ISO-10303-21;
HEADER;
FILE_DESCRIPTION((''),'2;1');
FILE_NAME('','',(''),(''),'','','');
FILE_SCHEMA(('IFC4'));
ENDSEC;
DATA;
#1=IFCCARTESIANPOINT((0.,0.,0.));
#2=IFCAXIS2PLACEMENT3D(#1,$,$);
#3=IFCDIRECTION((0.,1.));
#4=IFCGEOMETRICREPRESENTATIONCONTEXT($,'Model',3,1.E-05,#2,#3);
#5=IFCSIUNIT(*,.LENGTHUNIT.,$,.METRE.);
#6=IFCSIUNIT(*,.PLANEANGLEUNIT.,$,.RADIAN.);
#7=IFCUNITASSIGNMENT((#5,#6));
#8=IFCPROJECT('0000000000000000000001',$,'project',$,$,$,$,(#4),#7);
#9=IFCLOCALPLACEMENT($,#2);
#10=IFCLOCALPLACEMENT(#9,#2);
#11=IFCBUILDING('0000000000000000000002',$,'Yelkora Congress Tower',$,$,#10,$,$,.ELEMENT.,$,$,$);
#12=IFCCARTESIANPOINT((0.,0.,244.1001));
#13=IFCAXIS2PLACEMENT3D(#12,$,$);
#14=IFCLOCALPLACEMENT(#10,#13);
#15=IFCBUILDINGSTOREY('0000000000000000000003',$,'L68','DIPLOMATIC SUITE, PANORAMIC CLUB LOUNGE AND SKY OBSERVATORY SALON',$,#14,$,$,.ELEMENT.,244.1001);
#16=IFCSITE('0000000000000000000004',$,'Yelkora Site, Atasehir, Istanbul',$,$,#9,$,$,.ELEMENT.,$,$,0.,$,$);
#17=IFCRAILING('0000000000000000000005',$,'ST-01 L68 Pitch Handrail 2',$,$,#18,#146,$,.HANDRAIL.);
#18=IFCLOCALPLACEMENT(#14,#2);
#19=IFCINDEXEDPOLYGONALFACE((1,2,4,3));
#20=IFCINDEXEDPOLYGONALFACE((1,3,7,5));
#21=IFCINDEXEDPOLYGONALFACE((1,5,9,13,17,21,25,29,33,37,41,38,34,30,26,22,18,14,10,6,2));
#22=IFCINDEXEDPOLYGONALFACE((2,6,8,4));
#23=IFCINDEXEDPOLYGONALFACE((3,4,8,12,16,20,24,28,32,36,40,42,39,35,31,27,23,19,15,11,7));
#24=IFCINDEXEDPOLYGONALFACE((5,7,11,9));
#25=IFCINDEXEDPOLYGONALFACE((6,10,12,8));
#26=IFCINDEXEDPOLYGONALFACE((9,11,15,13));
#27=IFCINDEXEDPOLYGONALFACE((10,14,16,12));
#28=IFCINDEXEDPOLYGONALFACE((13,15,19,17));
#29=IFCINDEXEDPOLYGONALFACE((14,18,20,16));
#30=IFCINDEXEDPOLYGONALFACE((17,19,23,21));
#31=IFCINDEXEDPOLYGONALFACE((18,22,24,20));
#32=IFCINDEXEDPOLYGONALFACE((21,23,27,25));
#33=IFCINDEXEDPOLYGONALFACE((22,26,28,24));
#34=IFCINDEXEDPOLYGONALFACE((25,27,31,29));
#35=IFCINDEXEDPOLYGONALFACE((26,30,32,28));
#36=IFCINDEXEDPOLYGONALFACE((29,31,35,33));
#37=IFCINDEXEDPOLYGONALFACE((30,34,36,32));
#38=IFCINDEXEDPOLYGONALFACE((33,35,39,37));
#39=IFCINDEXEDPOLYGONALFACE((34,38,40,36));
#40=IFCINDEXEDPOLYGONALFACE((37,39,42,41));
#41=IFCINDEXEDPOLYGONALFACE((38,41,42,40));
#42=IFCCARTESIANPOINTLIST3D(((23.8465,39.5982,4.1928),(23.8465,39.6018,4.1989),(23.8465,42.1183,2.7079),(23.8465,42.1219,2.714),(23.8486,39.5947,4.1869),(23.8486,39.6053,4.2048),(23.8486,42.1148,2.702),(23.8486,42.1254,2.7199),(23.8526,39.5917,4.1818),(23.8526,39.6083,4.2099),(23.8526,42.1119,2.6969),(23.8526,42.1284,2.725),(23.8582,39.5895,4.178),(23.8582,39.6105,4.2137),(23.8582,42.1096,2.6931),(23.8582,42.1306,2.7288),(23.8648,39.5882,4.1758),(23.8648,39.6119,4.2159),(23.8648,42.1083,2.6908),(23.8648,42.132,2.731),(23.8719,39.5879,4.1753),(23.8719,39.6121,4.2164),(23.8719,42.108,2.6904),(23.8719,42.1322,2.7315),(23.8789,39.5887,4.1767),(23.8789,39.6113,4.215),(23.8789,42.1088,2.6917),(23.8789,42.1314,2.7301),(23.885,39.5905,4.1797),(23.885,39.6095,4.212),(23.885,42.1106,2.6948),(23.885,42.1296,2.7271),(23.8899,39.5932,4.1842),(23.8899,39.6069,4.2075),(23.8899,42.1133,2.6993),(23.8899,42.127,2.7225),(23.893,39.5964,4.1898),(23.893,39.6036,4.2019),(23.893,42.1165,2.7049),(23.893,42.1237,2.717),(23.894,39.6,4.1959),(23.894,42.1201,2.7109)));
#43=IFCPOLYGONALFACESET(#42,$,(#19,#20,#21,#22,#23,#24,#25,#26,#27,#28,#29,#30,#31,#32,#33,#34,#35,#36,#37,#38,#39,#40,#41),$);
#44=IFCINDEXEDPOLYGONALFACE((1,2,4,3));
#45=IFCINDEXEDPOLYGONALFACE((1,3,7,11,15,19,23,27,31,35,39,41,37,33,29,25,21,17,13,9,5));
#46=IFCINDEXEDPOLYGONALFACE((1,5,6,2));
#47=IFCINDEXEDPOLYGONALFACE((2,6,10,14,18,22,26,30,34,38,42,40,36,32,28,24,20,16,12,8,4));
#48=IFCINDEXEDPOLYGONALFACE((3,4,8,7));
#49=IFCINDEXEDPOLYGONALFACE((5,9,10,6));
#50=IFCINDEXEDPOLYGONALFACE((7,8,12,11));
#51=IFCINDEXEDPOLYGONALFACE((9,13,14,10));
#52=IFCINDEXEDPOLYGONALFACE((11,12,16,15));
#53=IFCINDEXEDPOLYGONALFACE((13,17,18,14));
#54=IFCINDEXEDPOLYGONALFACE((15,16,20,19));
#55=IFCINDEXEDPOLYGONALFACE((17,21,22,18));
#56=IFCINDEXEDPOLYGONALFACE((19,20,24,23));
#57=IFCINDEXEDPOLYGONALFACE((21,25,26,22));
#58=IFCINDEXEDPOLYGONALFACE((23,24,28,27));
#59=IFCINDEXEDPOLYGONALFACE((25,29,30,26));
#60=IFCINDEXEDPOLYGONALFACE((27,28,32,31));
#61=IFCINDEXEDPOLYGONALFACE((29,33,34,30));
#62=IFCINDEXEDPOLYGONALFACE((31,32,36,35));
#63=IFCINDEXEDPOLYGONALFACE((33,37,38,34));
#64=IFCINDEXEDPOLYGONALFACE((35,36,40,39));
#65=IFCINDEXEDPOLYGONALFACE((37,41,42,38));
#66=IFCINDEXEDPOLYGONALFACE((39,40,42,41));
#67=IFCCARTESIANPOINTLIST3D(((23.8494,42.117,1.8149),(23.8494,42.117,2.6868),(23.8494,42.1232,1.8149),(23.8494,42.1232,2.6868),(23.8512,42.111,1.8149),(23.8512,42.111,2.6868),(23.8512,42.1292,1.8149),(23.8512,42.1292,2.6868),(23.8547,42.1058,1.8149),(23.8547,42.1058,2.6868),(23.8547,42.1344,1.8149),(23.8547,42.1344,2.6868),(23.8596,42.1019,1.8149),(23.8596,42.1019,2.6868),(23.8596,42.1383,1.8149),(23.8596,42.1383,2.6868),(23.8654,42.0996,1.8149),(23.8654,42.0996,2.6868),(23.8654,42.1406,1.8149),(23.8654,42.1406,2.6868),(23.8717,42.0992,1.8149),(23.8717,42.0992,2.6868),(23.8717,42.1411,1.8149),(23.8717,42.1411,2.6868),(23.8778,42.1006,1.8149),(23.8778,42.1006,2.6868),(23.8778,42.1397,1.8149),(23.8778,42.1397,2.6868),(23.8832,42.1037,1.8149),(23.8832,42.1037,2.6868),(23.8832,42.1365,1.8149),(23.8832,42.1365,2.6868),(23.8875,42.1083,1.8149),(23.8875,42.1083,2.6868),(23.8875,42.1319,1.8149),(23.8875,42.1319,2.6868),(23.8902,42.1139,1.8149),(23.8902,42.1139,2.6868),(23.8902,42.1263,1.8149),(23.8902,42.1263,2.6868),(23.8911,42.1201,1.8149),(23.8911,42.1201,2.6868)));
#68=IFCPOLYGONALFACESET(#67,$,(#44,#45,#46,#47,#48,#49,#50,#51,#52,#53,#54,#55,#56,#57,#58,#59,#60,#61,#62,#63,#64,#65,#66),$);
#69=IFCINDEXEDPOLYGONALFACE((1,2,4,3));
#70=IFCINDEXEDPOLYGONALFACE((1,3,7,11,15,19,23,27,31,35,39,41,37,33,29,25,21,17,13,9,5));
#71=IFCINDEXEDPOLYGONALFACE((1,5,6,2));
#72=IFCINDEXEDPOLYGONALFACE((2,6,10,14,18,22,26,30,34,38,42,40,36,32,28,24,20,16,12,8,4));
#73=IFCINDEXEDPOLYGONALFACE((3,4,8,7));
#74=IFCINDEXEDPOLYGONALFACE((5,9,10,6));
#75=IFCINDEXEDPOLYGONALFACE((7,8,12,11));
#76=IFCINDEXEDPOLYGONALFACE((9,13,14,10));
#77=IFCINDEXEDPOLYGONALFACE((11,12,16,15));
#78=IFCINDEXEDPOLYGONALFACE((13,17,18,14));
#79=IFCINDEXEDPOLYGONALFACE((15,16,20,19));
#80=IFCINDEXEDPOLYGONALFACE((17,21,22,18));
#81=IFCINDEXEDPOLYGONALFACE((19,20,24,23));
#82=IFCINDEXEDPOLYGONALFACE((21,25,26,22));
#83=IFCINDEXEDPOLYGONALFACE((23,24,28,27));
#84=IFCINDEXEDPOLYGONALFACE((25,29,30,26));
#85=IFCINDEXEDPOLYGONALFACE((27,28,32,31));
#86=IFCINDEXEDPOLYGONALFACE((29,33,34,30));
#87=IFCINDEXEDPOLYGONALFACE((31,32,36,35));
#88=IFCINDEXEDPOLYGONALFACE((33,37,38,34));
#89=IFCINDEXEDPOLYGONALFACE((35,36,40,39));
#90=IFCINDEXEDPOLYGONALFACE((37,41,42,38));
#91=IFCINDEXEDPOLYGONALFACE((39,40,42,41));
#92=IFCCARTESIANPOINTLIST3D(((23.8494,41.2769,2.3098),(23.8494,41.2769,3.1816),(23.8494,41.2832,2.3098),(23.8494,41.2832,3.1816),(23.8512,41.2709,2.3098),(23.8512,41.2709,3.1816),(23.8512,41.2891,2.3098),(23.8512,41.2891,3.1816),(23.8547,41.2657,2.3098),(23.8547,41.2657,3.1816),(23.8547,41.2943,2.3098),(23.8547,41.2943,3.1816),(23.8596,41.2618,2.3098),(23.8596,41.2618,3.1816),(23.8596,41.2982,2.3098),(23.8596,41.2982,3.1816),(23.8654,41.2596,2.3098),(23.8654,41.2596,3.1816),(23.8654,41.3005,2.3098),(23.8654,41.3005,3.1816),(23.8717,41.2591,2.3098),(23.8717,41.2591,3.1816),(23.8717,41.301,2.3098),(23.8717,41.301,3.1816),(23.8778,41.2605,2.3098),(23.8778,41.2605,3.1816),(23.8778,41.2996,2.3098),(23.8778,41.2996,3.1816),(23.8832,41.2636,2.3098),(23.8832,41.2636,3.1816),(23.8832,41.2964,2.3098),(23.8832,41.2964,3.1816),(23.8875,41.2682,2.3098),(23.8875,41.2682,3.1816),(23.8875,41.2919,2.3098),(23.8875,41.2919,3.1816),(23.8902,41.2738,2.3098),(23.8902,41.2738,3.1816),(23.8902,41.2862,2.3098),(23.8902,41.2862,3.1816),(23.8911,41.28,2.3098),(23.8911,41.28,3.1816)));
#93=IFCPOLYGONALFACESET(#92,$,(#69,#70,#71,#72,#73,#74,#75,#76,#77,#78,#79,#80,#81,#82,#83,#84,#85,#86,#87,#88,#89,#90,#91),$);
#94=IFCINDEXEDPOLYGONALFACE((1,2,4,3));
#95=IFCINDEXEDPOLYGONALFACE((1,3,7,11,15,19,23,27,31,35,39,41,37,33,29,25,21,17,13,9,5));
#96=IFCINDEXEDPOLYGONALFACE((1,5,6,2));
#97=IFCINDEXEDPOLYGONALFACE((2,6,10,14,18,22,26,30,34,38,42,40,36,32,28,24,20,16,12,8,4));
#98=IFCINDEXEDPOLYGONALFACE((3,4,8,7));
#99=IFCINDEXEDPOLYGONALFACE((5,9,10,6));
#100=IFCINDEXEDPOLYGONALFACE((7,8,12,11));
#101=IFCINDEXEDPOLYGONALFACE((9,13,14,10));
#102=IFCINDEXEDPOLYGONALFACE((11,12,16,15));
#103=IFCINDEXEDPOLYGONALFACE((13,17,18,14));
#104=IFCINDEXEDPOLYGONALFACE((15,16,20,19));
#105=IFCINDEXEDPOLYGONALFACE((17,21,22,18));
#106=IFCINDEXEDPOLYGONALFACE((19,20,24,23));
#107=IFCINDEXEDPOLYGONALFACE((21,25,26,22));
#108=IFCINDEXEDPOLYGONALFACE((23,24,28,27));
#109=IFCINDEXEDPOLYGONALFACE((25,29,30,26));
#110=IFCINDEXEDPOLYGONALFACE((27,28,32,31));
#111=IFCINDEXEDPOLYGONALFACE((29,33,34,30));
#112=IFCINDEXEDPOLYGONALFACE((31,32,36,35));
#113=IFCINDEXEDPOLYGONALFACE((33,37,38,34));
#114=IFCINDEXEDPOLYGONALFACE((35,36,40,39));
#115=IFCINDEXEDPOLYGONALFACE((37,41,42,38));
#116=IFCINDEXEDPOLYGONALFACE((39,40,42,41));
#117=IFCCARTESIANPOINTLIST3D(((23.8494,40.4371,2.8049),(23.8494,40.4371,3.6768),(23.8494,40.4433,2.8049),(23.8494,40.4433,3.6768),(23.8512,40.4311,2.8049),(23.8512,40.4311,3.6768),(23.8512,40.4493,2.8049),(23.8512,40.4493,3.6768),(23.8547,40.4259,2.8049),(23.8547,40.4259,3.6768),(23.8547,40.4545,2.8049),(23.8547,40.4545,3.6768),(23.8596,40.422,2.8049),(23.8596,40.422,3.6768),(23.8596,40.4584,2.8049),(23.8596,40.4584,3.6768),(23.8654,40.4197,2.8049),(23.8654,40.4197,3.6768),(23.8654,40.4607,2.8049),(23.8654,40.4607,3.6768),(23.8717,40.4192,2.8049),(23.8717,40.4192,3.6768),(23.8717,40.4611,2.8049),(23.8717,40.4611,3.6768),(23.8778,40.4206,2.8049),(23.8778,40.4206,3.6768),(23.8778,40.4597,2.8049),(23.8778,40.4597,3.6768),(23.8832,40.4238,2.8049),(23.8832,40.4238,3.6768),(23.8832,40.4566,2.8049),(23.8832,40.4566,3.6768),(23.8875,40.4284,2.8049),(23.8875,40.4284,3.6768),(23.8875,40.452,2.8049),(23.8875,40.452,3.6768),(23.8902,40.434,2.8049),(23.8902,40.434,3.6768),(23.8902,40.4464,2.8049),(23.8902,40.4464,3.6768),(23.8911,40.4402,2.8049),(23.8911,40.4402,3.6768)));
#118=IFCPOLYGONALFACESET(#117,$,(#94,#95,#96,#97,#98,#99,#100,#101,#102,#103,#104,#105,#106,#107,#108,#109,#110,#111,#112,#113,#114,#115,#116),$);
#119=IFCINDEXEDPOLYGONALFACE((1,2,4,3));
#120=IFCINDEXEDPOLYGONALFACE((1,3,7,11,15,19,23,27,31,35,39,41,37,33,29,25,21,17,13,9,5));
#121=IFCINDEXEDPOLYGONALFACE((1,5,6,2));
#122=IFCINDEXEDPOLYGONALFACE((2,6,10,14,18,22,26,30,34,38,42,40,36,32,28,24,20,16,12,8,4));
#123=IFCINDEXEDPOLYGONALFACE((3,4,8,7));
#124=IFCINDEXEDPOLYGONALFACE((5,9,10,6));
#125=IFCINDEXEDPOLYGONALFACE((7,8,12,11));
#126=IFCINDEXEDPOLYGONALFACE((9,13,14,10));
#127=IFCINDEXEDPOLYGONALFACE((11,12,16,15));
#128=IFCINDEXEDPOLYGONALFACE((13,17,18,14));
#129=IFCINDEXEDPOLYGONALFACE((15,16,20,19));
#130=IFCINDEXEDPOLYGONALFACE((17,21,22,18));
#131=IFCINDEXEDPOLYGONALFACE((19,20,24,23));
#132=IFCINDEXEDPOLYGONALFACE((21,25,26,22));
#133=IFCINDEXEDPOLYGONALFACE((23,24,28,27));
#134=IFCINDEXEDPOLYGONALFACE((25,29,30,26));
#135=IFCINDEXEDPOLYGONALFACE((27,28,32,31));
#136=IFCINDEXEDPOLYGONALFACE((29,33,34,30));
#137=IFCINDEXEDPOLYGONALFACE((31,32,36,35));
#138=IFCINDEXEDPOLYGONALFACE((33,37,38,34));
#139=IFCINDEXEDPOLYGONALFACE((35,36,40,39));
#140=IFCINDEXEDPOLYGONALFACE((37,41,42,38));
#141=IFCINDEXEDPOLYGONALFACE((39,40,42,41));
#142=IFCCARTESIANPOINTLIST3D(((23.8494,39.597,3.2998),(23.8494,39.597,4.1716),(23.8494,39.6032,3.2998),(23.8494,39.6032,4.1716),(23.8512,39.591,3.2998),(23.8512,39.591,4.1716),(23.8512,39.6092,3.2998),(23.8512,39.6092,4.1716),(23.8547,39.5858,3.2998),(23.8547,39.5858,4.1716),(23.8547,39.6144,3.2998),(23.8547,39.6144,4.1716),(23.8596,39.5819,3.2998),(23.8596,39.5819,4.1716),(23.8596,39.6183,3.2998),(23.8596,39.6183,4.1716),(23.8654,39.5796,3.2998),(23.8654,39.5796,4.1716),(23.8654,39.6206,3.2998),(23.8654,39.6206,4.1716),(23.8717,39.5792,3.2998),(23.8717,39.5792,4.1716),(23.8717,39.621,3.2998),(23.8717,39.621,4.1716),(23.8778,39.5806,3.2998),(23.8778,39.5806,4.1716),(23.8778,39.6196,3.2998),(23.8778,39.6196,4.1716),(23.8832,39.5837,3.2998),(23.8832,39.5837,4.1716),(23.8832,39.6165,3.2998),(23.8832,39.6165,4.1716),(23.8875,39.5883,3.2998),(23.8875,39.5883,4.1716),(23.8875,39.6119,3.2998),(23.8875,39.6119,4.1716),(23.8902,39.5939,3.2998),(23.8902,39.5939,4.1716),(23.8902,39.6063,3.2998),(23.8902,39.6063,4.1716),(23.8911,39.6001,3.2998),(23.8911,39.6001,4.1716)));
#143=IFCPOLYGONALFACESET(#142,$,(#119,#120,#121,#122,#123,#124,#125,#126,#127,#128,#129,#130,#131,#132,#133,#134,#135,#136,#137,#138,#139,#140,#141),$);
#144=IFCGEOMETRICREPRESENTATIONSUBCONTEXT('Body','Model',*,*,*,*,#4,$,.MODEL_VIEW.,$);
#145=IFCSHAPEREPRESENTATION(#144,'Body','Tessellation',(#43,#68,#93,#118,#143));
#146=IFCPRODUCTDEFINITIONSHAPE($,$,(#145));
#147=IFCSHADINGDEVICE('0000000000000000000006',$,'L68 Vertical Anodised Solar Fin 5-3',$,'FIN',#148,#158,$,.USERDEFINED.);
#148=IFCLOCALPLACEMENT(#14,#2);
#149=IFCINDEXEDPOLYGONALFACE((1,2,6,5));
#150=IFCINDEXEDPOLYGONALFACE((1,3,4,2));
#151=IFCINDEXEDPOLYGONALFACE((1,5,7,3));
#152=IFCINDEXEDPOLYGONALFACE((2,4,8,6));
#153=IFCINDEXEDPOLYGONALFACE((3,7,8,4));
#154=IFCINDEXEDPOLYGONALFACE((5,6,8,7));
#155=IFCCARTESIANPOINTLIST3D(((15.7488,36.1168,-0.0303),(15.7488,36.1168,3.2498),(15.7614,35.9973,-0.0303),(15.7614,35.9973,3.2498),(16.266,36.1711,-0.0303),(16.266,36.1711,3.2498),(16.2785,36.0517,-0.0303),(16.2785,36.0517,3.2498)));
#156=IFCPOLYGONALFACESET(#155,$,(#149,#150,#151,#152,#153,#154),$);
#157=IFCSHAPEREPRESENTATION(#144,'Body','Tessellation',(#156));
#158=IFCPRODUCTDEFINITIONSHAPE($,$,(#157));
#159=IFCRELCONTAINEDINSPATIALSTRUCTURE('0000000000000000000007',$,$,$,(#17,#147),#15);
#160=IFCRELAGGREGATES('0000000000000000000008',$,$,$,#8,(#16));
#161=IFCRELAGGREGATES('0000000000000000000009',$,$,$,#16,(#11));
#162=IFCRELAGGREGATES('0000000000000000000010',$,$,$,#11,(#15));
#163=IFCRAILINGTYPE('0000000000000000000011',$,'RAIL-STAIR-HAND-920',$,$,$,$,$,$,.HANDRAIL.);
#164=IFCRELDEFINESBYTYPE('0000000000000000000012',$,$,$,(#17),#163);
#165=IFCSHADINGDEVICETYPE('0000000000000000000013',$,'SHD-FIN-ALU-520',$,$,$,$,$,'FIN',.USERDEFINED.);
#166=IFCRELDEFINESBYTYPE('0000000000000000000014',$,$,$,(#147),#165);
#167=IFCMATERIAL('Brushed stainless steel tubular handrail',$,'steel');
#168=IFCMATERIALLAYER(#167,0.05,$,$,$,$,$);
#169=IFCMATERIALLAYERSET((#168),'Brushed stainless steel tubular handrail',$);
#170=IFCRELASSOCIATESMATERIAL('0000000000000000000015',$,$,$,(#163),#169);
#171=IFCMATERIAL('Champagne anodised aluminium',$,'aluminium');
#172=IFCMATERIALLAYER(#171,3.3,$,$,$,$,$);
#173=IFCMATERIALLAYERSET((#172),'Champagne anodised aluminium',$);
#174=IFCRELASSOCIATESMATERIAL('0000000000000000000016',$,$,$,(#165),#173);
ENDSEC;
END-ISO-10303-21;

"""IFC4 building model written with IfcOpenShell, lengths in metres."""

from ifc_helpers import new_model, si_unit, direction, frame, origin, origin_2d, place, context, subcontext, project, spatial, rectangle, circle, extrude, material, layer, layer_set, type_object, element, save


model = new_model("IFC4")

# Units and contexts
model_context = context("Model", 3, precision=1e-05, world=origin(), true_north=direction((0.0, 1.0)))
body_context = subcontext(model_context, "Body", "Model", "MODEL_VIEW")
ifc_project = project(units=[si_unit("LENGTHUNIT", "METRE"), si_unit("PLANEANGLEUNIT", "RADIAN")], contexts=[model_context])

# Site, building, storey
site_placement = place(None, origin())
site = spatial("IfcSite", under=ifc_project, at=site_placement, Name="Yelkora Site, Atasehir, Istanbul", CompositionType="ELEMENT", RefElevation=0.0)
building_placement = place(site_placement, origin())
building = spatial("IfcBuilding", under=site, at=building_placement, Name="Yelkora Congress Tower", CompositionType="ELEMENT")
storey_placement = place(building_placement, frame((0.0, 0.0, 244.1001)))
storey = spatial("IfcBuildingStorey", under=building, at=storey_placement, Name="L68", Description="DIPLOMATIC SUITE, PANORAMIC CLUB LOUNGE AND SKY OBSERVATORY SALON", CompositionType="ELEMENT", Elevation=244.1001)

# Railing
ifc_material_1 = material(Name="Brushed stainless steel tubular handrail", Category="steel")
ifc_layer_1 = layer(ifc_material_1, 0.05)
ifc_layer_set_1 = layer_set([ifc_layer_1], Name="Brushed stainless steel tubular handrail")
railing_type_1 = type_object("IfcRailingType", Name="RAIL-STAIR-HAND-920", PredefinedType="HANDRAIL", material=ifc_layer_set_1)
railing_1_placement = place(storey_placement, frame((23.8701, 42.1201, 1.8149)))
element("IfcRailing", 1, at=railing_1_placement, inside=storey, type_object=railing_type_1, Name="ST-01 L68 Pitch Handrail 2", PredefinedType="HANDRAIL", context=body_context, shape_type="SweptSolid", body=[
    extrude(circle(Radius=0.0239, at=origin_2d()), frame((0.0, 0.0, 0.896), z_axis=(0.0, -0.861561, 0.507655), x_axis=(1.0, 0.0, 0.0)), (0.0, 0.0, 1.0), 2.925),
    extrude(circle(Radius=0.021, at=origin_2d()), origin(), (0.0, 0.0, 1.0), 0.8718),
    extrude(circle(Radius=0.021, at=origin_2d()), frame((0.0, -0.8401, 0.4949)), (0.0, 0.0, 1.0), 0.8718),
    extrude(circle(Radius=0.021, at=origin_2d()), frame((0.0, -1.6799, 0.99)), (0.0, 0.0, 1.0), 0.8718),
    extrude(circle(Radius=0.021, at=origin_2d()), frame((0.0, -2.52, 1.4849)), (0.0, 0.0, 1.0), 0.8718),
])

# Shading device
ifc_material_2 = material(Name="Champagne anodised aluminium", Category="aluminium")
ifc_layer_2 = layer(ifc_material_2, 3.3)
ifc_layer_set_2 = layer_set([ifc_layer_2], Name="Champagne anodised aluminium")
shading_device_type = type_object("IfcShadingDeviceType", Name="SHD-FIN-ALU-520", ElementType="FIN", PredefinedType="USERDEFINED", material=ifc_layer_set_2)
shading_device_placement = place(storey_placement, frame((16.0137, 36.0842, -0.0303), z_axis=(0.0, 0.0, 1.0), x_axis=(-0.104528, 0.994522, 0.0)))
element("IfcShadingDevice", 2, at=shading_device_placement, inside=storey, type_object=shading_device_type, Name="L68 Vertical Anodised Solar Fin 5-3", ObjectType="FIN", PredefinedType="USERDEFINED", context=body_context, shape_type="SweptSolid", body=[
    extrude(rectangle(XDim=0.1201, YDim=0.52, at=origin_2d()), origin(), (0.0, 0.0, 1.0), 3.28),
])

save(model, "model.ifc")
